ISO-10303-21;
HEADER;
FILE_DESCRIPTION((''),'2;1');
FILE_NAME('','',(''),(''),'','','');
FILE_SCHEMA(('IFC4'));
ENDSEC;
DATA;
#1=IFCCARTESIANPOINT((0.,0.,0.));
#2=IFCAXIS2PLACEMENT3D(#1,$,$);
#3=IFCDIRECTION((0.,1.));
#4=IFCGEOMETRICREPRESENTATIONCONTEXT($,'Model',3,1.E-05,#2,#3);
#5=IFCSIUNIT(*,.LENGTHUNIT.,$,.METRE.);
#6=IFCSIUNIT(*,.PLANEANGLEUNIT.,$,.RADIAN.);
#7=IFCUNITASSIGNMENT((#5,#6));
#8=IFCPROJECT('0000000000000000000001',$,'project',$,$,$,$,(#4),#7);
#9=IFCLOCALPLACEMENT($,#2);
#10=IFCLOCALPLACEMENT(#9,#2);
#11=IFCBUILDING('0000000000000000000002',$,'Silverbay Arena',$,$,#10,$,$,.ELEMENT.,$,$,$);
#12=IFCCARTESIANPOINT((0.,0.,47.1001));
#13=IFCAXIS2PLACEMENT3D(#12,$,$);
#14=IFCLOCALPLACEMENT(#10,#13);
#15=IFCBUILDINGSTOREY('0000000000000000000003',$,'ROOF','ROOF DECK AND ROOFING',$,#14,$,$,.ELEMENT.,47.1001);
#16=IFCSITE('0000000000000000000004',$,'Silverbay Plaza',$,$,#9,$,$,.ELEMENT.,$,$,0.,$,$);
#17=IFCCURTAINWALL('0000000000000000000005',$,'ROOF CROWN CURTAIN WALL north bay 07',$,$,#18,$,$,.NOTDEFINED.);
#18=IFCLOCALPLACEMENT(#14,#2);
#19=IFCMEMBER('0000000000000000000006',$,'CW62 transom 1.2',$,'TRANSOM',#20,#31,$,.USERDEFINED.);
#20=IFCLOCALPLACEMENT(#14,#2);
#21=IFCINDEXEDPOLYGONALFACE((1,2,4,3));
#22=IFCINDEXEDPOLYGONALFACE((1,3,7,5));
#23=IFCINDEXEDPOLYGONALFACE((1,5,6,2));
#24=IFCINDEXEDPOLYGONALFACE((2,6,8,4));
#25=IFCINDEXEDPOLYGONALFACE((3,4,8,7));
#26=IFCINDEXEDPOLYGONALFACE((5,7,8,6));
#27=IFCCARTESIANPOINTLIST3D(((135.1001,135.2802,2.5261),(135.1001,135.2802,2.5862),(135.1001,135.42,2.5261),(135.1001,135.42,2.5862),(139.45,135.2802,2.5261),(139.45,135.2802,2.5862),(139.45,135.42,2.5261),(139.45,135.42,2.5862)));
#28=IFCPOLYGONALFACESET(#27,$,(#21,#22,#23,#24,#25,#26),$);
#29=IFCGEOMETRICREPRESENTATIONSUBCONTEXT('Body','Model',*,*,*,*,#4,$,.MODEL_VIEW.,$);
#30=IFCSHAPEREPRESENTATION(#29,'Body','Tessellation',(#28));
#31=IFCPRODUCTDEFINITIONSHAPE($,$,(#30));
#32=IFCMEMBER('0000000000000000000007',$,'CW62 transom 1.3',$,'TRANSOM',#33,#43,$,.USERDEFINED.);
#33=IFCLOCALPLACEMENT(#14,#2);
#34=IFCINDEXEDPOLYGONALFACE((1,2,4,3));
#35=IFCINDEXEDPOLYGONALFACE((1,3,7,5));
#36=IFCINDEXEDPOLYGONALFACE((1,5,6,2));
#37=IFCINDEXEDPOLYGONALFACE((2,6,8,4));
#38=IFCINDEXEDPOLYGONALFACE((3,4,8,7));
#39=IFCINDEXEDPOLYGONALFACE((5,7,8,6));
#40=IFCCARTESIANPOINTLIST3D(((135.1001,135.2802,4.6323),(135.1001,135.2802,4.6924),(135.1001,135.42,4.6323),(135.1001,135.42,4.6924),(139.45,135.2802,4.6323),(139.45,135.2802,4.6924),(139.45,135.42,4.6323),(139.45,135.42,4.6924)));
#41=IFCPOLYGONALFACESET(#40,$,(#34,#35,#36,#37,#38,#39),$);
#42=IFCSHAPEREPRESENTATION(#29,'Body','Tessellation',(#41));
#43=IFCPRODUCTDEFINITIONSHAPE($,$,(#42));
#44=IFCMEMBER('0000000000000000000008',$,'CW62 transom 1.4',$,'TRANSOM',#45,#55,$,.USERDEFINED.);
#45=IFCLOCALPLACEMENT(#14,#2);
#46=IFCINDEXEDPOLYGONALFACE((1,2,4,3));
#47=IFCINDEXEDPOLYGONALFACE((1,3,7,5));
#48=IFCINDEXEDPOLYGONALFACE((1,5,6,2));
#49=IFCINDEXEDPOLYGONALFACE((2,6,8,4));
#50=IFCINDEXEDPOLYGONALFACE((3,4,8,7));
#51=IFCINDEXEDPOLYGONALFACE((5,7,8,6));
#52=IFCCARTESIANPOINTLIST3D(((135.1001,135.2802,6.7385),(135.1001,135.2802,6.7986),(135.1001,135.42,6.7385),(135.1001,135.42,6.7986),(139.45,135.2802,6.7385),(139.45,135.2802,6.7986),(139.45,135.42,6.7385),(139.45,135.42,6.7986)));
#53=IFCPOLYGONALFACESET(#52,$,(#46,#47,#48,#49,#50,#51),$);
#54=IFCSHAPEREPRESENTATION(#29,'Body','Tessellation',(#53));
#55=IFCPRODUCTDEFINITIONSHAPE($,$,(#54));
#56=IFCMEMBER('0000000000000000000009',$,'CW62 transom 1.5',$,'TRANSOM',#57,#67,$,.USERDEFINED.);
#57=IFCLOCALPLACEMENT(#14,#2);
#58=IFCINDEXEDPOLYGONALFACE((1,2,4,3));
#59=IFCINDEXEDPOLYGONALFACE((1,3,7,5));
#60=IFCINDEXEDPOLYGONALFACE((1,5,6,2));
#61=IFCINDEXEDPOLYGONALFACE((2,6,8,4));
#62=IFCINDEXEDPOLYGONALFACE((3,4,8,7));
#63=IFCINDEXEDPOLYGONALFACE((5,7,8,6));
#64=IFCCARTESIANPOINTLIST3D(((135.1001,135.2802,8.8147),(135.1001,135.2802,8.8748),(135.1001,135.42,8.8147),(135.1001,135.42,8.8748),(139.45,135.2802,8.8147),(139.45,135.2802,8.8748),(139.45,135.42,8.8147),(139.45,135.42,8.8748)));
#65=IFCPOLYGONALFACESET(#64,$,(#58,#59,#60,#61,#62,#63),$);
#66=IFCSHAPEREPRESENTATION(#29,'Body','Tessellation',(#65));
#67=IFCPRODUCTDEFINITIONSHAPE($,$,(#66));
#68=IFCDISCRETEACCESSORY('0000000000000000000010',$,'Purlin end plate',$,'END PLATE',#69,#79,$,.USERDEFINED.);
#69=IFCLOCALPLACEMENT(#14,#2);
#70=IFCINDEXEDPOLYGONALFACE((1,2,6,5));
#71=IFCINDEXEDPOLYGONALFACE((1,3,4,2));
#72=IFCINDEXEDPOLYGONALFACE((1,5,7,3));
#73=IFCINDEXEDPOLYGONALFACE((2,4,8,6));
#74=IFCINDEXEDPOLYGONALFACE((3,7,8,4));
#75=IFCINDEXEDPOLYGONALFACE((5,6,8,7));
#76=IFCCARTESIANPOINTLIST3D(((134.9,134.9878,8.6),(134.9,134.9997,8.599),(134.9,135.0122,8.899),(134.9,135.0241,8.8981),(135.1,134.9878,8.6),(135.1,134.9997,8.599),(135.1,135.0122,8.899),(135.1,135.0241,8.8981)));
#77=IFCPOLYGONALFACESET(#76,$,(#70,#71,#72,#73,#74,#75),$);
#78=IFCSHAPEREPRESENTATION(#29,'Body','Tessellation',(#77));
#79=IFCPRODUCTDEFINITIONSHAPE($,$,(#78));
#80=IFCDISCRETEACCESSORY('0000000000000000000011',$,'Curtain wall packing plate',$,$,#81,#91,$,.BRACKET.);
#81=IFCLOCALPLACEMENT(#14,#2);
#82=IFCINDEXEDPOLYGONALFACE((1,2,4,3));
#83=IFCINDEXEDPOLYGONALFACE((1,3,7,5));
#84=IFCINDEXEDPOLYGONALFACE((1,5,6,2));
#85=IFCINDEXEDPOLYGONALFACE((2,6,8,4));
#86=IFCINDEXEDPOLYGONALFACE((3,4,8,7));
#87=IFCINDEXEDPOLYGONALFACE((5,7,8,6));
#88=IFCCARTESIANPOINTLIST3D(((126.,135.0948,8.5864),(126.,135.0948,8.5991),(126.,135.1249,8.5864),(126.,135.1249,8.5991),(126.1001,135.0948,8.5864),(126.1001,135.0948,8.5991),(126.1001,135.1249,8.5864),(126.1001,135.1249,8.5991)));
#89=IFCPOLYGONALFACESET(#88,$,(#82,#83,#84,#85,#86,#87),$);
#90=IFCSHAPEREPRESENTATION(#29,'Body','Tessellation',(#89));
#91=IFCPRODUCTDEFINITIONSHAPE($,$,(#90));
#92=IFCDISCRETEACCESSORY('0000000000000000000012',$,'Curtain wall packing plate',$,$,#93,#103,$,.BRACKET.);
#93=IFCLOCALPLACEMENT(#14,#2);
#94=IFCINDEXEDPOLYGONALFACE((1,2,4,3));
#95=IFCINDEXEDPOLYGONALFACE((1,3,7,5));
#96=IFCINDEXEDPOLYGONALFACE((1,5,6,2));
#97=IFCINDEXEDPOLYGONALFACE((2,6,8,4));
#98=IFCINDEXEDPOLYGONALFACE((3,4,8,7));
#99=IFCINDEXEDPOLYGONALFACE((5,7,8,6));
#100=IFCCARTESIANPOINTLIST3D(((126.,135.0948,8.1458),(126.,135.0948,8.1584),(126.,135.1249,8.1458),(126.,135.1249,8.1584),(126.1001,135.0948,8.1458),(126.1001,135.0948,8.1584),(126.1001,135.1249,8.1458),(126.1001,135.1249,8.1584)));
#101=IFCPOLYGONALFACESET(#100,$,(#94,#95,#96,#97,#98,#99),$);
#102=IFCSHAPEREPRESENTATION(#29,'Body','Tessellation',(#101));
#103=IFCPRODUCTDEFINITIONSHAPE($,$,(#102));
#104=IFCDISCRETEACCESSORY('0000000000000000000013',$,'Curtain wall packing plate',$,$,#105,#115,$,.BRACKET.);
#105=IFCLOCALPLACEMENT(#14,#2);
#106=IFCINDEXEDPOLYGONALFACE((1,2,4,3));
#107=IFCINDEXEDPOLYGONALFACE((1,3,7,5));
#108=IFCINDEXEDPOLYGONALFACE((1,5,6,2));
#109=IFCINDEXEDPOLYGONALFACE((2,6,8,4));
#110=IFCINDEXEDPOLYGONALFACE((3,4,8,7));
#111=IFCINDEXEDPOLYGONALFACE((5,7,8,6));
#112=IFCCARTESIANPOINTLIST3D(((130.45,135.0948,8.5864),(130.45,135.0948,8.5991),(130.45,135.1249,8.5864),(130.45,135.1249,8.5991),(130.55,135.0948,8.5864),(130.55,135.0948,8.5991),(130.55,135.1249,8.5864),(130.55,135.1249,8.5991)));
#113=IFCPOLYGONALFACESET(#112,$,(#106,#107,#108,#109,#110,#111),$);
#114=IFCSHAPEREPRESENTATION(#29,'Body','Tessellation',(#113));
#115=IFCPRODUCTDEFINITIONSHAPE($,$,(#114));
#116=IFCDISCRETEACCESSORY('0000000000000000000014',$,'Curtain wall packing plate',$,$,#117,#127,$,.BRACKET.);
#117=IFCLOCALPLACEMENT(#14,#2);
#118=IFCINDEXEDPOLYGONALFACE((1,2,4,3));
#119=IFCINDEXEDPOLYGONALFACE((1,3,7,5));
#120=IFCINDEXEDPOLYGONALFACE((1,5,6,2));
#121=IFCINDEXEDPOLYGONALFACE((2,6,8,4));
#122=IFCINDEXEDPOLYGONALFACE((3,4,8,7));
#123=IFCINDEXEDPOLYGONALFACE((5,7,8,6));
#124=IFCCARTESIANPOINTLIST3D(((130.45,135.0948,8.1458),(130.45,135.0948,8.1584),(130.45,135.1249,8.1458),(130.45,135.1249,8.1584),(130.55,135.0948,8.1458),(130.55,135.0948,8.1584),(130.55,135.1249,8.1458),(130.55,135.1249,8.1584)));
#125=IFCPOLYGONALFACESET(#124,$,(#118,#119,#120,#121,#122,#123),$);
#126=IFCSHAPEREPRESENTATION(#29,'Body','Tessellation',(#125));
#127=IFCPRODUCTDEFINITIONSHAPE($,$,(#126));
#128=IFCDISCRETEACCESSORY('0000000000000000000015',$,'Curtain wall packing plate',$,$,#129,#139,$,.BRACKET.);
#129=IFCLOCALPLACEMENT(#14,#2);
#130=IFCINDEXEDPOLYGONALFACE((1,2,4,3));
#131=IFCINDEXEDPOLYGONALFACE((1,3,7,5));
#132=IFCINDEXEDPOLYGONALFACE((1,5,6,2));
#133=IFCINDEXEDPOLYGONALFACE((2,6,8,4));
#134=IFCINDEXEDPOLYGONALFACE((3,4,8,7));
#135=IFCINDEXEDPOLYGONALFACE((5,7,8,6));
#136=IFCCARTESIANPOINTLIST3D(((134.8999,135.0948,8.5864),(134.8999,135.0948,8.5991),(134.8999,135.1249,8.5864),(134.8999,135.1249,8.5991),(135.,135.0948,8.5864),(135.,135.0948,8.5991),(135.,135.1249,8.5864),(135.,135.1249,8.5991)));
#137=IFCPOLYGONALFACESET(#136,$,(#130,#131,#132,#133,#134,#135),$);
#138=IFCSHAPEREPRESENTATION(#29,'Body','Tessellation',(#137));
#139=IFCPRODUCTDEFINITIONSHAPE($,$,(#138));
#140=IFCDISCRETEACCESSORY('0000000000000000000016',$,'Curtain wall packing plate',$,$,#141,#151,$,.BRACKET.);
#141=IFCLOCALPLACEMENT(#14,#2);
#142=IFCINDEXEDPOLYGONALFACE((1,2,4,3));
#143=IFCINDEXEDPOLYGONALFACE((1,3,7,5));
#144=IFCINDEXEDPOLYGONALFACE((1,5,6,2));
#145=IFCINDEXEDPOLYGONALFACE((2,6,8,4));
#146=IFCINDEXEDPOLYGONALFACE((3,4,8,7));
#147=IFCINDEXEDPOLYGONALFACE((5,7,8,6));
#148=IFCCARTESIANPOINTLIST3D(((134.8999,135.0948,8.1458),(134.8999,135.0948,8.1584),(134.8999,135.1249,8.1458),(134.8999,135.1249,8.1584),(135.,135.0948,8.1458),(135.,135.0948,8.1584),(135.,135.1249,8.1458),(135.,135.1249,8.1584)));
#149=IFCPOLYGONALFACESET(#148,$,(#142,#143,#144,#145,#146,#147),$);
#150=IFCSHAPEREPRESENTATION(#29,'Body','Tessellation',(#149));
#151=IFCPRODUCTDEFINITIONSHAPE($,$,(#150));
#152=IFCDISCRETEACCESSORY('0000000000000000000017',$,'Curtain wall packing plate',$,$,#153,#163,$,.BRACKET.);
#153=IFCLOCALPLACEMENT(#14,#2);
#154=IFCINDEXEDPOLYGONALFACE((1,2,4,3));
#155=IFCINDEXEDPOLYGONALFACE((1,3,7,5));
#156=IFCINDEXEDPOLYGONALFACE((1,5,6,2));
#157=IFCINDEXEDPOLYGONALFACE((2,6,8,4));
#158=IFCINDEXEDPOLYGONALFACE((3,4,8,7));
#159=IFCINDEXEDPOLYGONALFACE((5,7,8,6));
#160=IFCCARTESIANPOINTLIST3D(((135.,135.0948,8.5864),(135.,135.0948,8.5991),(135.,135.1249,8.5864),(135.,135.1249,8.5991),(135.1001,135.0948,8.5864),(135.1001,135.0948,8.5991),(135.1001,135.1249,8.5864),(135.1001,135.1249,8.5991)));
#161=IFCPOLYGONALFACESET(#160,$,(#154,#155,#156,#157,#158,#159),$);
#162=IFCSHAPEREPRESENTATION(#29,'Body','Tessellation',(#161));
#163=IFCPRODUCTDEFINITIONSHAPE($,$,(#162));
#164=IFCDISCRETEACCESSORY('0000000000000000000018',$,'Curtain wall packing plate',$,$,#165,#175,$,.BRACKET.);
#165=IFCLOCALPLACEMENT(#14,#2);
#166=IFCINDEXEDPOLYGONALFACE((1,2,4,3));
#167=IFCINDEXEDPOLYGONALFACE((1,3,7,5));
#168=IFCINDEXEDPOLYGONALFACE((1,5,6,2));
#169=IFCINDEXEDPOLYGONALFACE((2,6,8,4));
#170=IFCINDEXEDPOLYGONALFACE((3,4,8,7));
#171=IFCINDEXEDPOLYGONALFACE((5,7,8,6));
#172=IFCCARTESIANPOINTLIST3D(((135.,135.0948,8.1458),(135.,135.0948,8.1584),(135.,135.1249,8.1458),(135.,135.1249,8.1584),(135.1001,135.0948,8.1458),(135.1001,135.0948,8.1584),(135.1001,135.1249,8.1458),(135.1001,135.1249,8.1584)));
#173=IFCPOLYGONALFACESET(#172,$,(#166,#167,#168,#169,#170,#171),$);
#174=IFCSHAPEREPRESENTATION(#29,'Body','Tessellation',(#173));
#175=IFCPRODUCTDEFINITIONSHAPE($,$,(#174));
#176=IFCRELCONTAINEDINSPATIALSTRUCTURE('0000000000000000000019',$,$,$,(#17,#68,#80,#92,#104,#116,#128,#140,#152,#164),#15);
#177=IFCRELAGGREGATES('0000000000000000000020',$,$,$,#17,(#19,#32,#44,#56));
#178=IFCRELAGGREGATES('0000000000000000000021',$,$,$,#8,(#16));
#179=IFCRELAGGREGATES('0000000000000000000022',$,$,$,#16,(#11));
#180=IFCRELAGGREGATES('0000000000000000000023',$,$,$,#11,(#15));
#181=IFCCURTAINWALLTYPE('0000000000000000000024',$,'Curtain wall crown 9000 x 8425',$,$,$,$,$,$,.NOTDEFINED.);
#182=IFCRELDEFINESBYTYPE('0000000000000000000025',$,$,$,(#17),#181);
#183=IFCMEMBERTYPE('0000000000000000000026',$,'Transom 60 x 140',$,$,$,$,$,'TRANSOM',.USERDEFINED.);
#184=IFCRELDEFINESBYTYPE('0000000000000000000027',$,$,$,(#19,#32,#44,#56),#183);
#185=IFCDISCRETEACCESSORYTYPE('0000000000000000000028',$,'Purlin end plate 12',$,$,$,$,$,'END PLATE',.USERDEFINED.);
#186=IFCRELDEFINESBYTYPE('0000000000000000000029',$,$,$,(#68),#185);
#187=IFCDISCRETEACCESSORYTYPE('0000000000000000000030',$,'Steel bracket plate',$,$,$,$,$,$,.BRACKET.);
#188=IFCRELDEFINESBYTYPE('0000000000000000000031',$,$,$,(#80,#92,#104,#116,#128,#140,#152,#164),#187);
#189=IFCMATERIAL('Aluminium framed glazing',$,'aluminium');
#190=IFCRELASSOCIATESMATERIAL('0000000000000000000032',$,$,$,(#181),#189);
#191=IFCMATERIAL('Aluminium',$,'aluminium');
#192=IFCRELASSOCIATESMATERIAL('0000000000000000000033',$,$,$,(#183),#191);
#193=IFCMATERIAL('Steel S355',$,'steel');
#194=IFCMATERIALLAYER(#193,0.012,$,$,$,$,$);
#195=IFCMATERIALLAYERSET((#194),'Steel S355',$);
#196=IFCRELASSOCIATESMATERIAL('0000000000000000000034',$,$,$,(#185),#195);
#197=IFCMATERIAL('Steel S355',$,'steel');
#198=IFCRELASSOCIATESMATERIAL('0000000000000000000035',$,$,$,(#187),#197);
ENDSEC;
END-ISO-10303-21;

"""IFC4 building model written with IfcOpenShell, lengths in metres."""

from ifc_helpers import new_model, si_unit, direction, frame, origin, origin_2d, place, context, subcontext, project, spatial, rectangle, extrude, material, layer, layer_set, material_profile, profile_set, type_object, element, aggregate, save


model = new_model("IFC4")

# Units and contexts
model_context = context("Model", 3, precision=1e-05, world=origin(), true_north=direction((0.0, 1.0)))
body_context = subcontext(model_context, "Body", "Model", "MODEL_VIEW")
ifc_project = project(units=[si_unit("LENGTHUNIT", "METRE"), si_unit("PLANEANGLEUNIT", "RADIAN")], contexts=[model_context])

# Site, building, storey
site_placement = place(None, origin())
site = spatial("IfcSite", under=ifc_project, at=site_placement, Name="Silverbay Plaza", CompositionType="ELEMENT", RefElevation=0.0)
building_placement = place(site_placement, origin())
building = spatial("IfcBuilding", under=site, at=building_placement, Name="Silverbay Arena", CompositionType="ELEMENT")
storey_placement = place(building_placement, frame((0.0, 0.0, 47.1001)))
storey = spatial("IfcBuildingStorey", under=building, at=storey_placement, Name="ROOF", Description="ROOF DECK AND ROOFING", CompositionType="ELEMENT", Elevation=47.1001)

# Shared definitions
ifc_material_1 = material(Name="Aluminium framed glazing", Category="aluminium")
curtain_wall_type = type_object("IfcCurtainWallType", Name="Curtain wall crown 9000 x 8425", PredefinedType="NOTDEFINED", material=ifc_material_1)
placement = place(building_placement, frame((0.0, 0.0, 33.5)))

# Curtain wall
curtain_wall_1_placement = place(storey_placement, origin())
curtain_wall_1 = element("IfcCurtainWall", 1, at=curtain_wall_1_placement, inside=storey, type_object=curtain_wall_type, Name="ROOF CROWN CURTAIN WALL north bay 07", PredefinedType="NOTDEFINED")

# Members
ifc_material_2 = material(Name="Aluminium", Category="aluminium")
ifc_material_profile_1 = material_profile(ifc_material_2, rectangle(XDim=0.1399, YDim=0.0601, at=origin_2d()), Name="Transom 60 x 140")
ifc_profile_set_1 = profile_set([ifc_material_profile_1], Name="Aluminium")
member_type_1 = type_object("IfcMemberType", Name="Transom 60 x 140", ElementType="TRANSOM", PredefinedType="USERDEFINED", material=ifc_profile_set_1)
member_1_placement = place(placement, frame((135.1001, 135.3501, 16.1562), z_axis=(1.0, 0.0, 0.0), x_axis=(0.0, 1.0, 0.0)))
member_1 = element("IfcMember", 2, at=member_1_placement, type_object=member_type_1, Name="CW62 transom 1.2", ObjectType="TRANSOM", PredefinedType="USERDEFINED", context=body_context, shape_type="SweptSolid", body=[
    extrude(rectangle(XDim=0.1399, YDim=0.0601, at=origin_2d()), origin(), (0.0, 0.0, 1.0), 4.3499),
])
member_2_placement = place(placement, frame((135.1001, 135.3501, 18.2625), z_axis=(1.0, 0.0, 0.0), x_axis=(0.0, 1.0, 0.0)))
member_2 = element("IfcMember", 3, at=member_2_placement, type_object=member_type_1, Name="CW62 transom 1.3", ObjectType="TRANSOM", PredefinedType="USERDEFINED", context=body_context, shape_type="SweptSolid", body=[
    extrude(rectangle(XDim=0.1399, YDim=0.0601, at=origin_2d()), origin(), (0.0, 0.0, 1.0), 4.3499),
])
member_3_placement = place(placement, frame((135.1001, 135.3501, 20.3687), z_axis=(1.0, 0.0, 0.0), x_axis=(0.0, 1.0, 0.0)))
member_3 = element("IfcMember", 4, at=member_3_placement, type_object=member_type_1, Name="CW62 transom 1.4", ObjectType="TRANSOM", PredefinedType="USERDEFINED", context=body_context, shape_type="SweptSolid", body=[
    extrude(rectangle(XDim=0.1399, YDim=0.0601, at=origin_2d()), origin(), (0.0, 0.0, 1.0), 4.3499),
])
member_4_placement = place(placement, frame((135.1001, 135.3501, 22.4448), z_axis=(1.0, 0.0, 0.0), x_axis=(0.0, 1.0, 0.0)))
member_4 = element("IfcMember", 5, at=member_4_placement, type_object=member_type_1, Name="CW62 transom 1.5", ObjectType="TRANSOM", PredefinedType="USERDEFINED", context=body_context, shape_type="SweptSolid", body=[
    extrude(rectangle(XDim=0.1399, YDim=0.0601, at=origin_2d()), origin(), (0.0, 0.0, 1.0), 4.3499),
])

aggregate(curtain_wall_1, [member_1, member_2, member_3, member_4])

# Discrete accessories
ifc_material_3 = material(Name="Steel S355", Category="steel")
ifc_layer_1 = layer(ifc_material_3, 0.012)
ifc_layer_set_1 = layer_set([ifc_layer_1], Name="Steel S355")
discrete_accessory_type_1 = type_object("IfcDiscreteAccessoryType", Name="Purlin end plate 12", ElementType="END PLATE", PredefinedType="USERDEFINED", material=ifc_layer_set_1)
discrete_accessory_placement = place(storey_placement, frame((135.0, 135.0, 8.7495), z_axis=(0.0, 0.996685, -0.081362), x_axis=(-1.0, 0.0, 0.0)))
element("IfcDiscreteAccessory", 6, at=discrete_accessory_placement, inside=storey, type_object=discrete_accessory_type_1, Name="Purlin end plate", ObjectType="END PLATE", PredefinedType="USERDEFINED", context=body_context, shape_type="SweptSolid", body=[
    extrude(rectangle(XDim=0.2, YDim=0.3, at=origin_2d()), origin(), (0.0, 0.0, 1.0), 0.012),
])
ifc_material_4 = material(Name="Steel S355", Category="steel")
discrete_accessory_type_2 = type_object("IfcDiscreteAccessoryType", Name="Steel bracket plate", PredefinedType="BRACKET", material=ifc_material_4)
for number, where, z_axis, x_axis, name in (
    (7, (126.05, 135.1099, 8.5864), (0.0, 0.0, 1.0), (1.0, 0.0, 0.0), "Curtain wall packing plate"),
    (8, (126.05, 135.1099, 8.1458), (0.0, 0.0, 1.0), (1.0, 0.0, 0.0), "Curtain wall packing plate"),
    (9, (130.5, 135.1099, 8.5864), (0.0, 0.0, 1.0), (1.0, 0.0, 0.0), "Curtain wall packing plate"),
    (10, (130.5, 135.1099, 8.1458), (0.0, 0.0, 1.0), (1.0, 0.0, 0.0), "Curtain wall packing plate"),
    (11, (134.95, 135.1099, 8.5864), (0.0, 0.0, 1.0), (1.0, 0.0, 0.0), "Curtain wall packing plate"),
    (12, (134.95, 135.1099, 8.1458), (0.0, 0.0, 1.0), (1.0, 0.0, 0.0), "Curtain wall packing plate"),
    (13, (135.05, 135.1099, 8.5864), (0.0, 0.0, 1.0), (1.0, 0.0, 0.0), "Curtain wall packing plate"),
    (14, (135.05, 135.1099, 8.1458), (0.0, 0.0, 1.0), (1.0, 0.0, 0.0), "Curtain wall packing plate"),
):
    element("IfcDiscreteAccessory", number, at=place(storey_placement, frame(where, z_axis=z_axis, x_axis=x_axis)), inside=storey, type_object=discrete_accessory_type_2, Name=name, PredefinedType="BRACKET", context=body_context, shape_type="SweptSolid", body=[
        extrude(rectangle(XDim=0.1001, YDim=0.03, at=origin_2d()), origin(), (0.0, 0.0, 1.0), 0.0127),
    ])

save(model, "model.ifc")
